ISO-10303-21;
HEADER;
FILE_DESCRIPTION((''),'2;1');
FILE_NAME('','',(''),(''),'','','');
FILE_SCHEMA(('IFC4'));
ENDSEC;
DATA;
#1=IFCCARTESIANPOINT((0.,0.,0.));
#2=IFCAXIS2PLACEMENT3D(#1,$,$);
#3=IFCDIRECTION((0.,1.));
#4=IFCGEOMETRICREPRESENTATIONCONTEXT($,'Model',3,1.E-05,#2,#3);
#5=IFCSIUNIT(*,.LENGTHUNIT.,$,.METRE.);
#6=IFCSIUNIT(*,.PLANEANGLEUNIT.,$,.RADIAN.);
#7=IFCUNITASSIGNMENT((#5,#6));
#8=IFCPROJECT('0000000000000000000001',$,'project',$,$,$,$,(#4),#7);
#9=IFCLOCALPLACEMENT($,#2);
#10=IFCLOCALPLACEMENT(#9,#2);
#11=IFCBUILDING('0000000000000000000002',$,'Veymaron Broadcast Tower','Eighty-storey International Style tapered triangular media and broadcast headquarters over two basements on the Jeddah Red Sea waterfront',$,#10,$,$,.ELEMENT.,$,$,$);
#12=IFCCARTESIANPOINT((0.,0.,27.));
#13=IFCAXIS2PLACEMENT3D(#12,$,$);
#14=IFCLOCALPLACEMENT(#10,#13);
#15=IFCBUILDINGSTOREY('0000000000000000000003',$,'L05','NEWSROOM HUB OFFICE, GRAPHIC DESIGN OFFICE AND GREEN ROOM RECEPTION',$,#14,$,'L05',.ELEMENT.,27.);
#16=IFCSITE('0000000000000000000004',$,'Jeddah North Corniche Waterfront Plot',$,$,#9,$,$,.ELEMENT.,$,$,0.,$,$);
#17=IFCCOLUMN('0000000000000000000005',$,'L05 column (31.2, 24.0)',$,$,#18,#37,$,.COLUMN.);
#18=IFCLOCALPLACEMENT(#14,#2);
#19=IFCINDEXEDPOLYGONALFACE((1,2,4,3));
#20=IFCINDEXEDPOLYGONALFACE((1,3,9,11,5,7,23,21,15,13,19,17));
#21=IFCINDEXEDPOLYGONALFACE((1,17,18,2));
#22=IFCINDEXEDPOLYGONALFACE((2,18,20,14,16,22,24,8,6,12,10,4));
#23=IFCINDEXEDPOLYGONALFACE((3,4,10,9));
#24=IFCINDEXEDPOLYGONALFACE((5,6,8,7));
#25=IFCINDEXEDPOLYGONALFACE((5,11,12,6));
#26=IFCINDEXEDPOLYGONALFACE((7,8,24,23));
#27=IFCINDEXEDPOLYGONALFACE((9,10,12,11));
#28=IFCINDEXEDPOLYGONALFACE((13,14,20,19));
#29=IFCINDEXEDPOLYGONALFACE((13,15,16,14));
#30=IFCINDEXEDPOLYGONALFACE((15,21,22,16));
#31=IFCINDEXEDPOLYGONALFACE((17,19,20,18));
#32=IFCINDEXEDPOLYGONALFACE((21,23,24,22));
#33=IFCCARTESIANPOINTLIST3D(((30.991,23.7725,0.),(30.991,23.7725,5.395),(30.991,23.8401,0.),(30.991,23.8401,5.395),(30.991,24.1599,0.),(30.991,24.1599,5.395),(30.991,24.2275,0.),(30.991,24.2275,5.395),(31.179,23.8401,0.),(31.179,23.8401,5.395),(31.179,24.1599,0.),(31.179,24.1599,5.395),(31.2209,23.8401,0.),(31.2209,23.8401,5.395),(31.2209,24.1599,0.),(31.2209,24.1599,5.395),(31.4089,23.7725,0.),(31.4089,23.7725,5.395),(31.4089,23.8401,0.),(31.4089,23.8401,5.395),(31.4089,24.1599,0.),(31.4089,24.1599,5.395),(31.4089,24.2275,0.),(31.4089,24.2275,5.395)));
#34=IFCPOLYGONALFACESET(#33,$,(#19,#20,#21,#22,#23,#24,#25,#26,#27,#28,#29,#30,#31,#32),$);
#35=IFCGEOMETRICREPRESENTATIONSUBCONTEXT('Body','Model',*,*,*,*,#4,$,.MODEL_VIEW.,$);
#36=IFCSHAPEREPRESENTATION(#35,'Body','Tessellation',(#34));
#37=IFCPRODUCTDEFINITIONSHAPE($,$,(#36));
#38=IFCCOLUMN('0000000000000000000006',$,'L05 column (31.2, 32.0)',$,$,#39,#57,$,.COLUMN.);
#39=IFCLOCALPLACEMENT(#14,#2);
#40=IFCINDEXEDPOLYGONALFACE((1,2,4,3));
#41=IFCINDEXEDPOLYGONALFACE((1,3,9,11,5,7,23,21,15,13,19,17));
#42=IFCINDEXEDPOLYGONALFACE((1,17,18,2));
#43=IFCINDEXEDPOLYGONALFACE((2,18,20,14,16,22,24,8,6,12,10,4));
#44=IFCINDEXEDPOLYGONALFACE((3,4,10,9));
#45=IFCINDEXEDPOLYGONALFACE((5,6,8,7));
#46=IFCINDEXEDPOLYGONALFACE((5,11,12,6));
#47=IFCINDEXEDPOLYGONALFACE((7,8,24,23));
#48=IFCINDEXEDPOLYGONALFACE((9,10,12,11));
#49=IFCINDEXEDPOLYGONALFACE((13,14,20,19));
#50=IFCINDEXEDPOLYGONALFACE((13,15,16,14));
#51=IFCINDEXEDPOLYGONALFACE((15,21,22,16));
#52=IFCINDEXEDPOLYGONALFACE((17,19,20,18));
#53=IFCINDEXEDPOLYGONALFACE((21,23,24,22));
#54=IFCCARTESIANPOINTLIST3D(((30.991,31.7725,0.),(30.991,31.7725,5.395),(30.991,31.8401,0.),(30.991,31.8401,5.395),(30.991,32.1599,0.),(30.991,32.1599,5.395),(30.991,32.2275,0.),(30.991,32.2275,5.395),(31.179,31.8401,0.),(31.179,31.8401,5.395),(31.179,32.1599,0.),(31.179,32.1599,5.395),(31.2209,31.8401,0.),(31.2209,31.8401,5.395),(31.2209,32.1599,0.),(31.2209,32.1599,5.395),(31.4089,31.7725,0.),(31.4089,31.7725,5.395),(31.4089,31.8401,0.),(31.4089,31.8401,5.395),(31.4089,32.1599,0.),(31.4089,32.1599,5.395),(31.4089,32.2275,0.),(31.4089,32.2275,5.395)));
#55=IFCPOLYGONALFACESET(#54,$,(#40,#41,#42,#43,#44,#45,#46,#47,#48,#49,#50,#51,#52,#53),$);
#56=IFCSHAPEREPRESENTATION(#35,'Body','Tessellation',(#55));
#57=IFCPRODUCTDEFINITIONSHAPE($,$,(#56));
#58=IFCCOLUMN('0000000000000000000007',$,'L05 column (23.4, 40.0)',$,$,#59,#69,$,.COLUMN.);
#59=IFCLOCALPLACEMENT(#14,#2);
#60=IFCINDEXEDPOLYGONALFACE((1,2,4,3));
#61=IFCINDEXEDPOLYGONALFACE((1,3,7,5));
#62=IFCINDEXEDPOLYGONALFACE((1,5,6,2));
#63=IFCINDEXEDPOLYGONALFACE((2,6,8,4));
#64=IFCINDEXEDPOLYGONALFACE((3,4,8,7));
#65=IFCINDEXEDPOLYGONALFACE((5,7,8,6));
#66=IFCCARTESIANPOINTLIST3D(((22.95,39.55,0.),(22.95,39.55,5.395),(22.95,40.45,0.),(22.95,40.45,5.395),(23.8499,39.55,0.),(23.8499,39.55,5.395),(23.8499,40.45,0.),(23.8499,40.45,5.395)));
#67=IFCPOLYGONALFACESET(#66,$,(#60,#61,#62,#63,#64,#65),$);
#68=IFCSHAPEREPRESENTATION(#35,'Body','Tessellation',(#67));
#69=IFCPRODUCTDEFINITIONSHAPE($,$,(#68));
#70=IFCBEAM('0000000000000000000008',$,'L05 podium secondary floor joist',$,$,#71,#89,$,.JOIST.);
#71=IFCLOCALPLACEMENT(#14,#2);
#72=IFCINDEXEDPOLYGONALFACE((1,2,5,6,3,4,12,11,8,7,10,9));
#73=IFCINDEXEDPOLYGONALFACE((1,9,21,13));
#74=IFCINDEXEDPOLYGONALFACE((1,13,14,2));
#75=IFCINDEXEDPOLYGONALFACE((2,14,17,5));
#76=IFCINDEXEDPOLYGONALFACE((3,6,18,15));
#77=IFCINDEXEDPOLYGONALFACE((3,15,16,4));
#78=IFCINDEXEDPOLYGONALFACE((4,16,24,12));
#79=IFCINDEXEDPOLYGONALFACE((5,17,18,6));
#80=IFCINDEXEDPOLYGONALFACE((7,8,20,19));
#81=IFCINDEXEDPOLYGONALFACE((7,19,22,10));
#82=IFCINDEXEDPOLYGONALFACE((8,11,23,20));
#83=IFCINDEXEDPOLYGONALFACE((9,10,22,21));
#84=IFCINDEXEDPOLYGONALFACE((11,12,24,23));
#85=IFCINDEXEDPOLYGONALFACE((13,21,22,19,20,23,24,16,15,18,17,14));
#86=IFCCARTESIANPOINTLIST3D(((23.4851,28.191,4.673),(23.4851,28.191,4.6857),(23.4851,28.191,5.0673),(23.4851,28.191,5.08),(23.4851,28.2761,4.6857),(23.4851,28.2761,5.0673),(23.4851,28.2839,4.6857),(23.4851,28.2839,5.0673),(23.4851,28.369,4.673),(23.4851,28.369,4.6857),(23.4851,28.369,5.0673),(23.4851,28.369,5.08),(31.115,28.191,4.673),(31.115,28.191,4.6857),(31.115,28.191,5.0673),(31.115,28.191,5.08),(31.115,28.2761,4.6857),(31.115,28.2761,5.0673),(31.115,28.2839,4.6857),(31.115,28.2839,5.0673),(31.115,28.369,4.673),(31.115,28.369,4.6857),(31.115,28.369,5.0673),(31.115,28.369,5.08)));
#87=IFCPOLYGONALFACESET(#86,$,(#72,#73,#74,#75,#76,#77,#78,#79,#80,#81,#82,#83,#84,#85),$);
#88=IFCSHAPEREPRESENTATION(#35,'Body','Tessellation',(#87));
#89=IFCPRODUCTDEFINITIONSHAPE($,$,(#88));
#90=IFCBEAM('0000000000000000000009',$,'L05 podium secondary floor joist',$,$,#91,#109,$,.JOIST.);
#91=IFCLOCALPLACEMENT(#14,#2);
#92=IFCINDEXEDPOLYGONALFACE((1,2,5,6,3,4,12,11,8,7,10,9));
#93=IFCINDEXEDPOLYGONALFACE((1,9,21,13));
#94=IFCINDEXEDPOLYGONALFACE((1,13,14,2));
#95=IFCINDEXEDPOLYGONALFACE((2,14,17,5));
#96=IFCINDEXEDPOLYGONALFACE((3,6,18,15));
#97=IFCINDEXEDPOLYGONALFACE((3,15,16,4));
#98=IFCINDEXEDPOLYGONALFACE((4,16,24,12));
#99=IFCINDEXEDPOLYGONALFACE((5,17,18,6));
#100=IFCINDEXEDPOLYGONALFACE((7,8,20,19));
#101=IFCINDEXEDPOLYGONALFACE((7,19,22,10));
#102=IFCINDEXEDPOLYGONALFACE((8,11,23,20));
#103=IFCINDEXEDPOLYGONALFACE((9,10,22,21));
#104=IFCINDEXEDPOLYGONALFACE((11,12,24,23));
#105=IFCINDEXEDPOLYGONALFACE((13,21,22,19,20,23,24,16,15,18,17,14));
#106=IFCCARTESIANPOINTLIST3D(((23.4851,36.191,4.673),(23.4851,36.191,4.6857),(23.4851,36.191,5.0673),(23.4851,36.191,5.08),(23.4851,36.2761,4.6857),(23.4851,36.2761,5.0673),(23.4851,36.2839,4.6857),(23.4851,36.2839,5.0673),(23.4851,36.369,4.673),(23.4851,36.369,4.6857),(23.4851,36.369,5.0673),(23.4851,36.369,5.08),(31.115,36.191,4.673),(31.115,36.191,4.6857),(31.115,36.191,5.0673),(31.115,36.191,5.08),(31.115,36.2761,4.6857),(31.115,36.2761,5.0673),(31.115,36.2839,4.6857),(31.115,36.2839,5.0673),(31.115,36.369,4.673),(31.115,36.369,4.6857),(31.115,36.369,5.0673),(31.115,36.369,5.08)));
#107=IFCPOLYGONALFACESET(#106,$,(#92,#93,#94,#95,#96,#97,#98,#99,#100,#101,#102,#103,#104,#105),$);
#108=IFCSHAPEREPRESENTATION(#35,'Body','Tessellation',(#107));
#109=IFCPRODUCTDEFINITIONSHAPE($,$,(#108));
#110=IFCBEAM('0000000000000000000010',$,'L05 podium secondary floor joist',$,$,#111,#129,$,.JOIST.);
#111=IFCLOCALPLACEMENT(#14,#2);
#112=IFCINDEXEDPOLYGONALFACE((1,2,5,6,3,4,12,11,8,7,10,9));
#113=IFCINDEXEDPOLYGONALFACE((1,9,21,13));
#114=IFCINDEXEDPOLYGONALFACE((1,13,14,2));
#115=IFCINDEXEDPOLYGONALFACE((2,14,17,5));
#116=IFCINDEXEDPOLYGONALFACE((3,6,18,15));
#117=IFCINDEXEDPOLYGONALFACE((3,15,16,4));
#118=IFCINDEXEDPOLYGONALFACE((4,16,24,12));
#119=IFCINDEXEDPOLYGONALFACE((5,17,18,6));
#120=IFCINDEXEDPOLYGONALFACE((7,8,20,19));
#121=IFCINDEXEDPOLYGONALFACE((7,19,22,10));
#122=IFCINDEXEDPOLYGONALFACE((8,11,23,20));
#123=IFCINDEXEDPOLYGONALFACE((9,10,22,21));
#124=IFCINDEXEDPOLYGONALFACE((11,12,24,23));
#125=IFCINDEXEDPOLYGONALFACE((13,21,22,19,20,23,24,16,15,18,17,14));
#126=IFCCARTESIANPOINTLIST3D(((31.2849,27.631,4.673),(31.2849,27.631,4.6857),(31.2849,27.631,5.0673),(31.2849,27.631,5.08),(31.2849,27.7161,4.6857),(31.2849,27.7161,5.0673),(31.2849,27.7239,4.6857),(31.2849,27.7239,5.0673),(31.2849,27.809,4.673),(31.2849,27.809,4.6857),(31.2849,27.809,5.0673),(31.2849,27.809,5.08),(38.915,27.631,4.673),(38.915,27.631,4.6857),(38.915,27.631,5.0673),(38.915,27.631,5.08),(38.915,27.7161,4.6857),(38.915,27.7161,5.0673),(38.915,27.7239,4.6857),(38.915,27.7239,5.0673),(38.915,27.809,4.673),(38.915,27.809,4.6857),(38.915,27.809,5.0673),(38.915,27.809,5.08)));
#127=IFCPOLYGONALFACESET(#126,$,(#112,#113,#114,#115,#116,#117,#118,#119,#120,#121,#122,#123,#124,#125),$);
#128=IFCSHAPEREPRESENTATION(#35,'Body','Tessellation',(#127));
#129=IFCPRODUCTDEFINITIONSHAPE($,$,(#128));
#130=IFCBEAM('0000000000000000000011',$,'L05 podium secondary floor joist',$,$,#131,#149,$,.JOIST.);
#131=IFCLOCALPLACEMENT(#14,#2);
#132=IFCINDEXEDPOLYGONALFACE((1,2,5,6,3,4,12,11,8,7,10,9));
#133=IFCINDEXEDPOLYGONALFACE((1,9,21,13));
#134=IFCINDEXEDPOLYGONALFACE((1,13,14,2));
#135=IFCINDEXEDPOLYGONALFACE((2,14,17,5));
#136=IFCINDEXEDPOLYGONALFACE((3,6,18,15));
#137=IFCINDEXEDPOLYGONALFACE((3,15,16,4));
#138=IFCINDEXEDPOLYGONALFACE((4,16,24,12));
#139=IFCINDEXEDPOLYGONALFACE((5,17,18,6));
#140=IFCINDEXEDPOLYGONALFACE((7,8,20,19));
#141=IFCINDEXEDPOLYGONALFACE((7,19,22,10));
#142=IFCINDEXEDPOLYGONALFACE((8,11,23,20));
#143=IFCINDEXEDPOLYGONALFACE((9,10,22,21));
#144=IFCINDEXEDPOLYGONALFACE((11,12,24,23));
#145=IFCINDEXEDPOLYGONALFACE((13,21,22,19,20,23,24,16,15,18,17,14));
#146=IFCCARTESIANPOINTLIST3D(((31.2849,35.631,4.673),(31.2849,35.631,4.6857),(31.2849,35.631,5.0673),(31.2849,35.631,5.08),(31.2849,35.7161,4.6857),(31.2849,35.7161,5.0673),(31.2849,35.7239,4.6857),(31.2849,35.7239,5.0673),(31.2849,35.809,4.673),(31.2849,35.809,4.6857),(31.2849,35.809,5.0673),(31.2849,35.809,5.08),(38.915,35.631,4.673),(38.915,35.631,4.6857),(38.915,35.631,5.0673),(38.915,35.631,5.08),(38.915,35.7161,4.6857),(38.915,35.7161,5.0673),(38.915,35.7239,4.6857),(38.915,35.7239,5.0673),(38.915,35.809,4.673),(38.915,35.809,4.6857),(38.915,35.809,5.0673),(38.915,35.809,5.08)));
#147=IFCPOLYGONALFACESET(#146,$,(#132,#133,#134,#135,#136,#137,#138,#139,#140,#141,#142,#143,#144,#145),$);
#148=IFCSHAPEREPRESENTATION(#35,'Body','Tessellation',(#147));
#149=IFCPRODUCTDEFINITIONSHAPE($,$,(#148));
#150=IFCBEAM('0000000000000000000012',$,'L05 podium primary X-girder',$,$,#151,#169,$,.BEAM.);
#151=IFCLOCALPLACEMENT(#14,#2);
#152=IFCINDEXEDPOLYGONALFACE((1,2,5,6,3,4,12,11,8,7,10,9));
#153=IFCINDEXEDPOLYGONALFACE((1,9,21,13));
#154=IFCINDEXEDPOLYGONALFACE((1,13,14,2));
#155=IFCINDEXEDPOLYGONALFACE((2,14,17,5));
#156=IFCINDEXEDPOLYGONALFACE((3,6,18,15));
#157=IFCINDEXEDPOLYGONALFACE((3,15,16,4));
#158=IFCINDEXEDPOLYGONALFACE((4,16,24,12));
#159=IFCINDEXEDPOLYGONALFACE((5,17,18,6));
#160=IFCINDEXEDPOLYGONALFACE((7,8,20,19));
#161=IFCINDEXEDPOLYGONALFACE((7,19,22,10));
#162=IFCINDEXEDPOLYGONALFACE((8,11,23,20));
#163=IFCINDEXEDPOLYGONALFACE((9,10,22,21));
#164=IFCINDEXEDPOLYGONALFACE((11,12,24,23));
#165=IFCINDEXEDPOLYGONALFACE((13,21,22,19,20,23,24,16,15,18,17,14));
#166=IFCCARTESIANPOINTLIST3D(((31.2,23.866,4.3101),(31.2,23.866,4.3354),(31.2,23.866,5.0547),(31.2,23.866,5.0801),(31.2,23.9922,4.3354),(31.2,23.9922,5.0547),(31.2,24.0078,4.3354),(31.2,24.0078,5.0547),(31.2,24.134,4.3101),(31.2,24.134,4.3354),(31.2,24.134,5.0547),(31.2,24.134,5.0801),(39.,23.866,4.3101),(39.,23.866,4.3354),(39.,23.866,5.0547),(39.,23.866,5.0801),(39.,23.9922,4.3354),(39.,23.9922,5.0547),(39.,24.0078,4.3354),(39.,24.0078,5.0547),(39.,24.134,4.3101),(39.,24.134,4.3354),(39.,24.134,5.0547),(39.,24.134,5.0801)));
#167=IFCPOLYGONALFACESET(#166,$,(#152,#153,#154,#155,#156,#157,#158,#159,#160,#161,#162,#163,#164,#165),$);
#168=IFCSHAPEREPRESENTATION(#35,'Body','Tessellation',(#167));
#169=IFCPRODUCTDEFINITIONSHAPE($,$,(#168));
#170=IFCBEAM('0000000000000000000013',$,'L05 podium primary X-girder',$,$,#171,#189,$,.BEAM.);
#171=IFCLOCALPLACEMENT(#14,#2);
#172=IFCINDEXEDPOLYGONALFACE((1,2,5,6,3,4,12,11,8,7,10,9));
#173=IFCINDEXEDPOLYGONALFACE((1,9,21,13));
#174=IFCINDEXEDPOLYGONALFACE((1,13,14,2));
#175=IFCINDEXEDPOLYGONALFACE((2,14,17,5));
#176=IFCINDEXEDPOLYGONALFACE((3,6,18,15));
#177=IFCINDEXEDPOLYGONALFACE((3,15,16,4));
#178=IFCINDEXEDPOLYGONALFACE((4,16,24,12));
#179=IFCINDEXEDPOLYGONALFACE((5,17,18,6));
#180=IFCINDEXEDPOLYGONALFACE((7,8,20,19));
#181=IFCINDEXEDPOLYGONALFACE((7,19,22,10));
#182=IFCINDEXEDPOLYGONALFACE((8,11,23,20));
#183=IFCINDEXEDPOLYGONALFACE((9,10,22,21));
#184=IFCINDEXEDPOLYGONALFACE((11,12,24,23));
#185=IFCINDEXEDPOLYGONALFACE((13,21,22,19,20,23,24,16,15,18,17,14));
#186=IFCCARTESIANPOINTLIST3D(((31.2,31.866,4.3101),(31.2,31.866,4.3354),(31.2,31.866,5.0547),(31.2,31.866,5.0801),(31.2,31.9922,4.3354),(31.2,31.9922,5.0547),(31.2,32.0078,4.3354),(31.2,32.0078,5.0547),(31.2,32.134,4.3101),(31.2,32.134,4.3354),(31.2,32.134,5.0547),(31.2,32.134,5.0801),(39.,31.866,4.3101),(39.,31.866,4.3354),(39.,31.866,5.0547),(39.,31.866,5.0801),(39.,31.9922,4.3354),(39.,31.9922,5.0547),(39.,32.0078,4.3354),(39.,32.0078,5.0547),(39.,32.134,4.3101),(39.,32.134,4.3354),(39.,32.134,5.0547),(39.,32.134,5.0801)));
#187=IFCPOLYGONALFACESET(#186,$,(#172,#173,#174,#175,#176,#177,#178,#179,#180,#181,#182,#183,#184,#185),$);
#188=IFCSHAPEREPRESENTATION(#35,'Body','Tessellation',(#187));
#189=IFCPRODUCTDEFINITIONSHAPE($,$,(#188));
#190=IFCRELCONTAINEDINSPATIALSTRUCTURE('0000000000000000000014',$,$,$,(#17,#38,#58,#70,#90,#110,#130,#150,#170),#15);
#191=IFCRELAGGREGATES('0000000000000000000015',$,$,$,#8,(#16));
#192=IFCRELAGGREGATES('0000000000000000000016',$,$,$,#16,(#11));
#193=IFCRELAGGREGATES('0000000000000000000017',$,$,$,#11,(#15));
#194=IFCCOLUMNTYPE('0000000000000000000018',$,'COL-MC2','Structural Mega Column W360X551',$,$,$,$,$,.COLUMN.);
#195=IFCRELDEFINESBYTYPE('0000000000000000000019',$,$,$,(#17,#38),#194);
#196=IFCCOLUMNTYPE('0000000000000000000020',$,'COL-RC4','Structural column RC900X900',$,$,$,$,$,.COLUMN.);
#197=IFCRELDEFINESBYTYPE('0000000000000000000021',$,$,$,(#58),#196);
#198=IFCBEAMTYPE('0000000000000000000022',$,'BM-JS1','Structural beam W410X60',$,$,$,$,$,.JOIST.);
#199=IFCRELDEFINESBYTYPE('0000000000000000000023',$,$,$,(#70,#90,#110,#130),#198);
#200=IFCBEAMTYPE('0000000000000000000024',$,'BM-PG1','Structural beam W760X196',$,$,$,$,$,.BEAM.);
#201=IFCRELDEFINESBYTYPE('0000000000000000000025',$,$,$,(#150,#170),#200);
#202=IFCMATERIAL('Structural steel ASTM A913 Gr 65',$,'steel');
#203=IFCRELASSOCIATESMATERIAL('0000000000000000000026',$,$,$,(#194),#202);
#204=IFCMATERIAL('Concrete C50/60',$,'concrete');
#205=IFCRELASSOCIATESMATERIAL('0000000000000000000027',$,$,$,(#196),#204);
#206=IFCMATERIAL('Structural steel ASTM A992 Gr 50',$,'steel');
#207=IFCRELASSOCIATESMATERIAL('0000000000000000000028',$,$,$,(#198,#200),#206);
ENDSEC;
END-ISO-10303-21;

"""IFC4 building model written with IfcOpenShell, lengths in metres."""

from ifc_helpers import new_model, si_unit, direction, frame, origin, origin_2d, place, context, subcontext, project, spatial, rectangle, i_section, extrude, material, material_profile, profile_set, type_object, element, save


model = new_model("IFC4")

# Units and contexts
model_context = context("Model", 3, precision=1e-05, world=origin(), true_north=direction((0.0, 1.0)))
body_context = subcontext(model_context, "Body", "Model", "MODEL_VIEW")
ifc_project = project(units=[si_unit("LENGTHUNIT", "METRE"), si_unit("PLANEANGLEUNIT", "RADIAN")], contexts=[model_context])

# Site, building, storey
site_placement = place(None, origin())
site = spatial("IfcSite", under=ifc_project, at=site_placement, Name="Jeddah North Corniche Waterfront Plot", CompositionType="ELEMENT", RefElevation=0.0)
building_placement = place(site_placement, origin())
building = spatial("IfcBuilding", under=site, at=building_placement, Name="Veymaron Broadcast Tower", Description="Eighty-storey International Style tapered triangular media and broadcast headquarters over two basements on the Jeddah Red Sea waterfront", CompositionType="ELEMENT")
storey_placement = place(building_placement, frame((0.0, 0.0, 27.0)))
storey = spatial("IfcBuildingStorey", under=building, at=storey_placement, Name="L05", Description="NEWSROOM HUB OFFICE, GRAPHIC DESIGN OFFICE AND GREEN ROOM RECEPTION", LongName="L05", CompositionType="ELEMENT", Elevation=27.0)

# Columns
ifc_material_1 = material(Name="Structural steel ASTM A913 Gr 65", Category="steel")
ifc_material_profile_1 = material_profile(ifc_material_1, i_section(OverallWidth=0.418, OverallDepth=0.4551, WebThickness=0.042, FlangeThickness=0.0676, at=origin_2d()), Name="W360X551")
ifc_profile_set_1 = profile_set([ifc_material_profile_1], Name="Structural steel ASTM A913 Gr 65")
column_type_1 = type_object("IfcColumnType", Name="COL-MC2", Description="Structural Mega Column W360X551", PredefinedType="COLUMN", material=ifc_profile_set_1)
for number, where, z_axis, x_axis, name in (
    (1, (31.2, 24.0, 0.0), (0.0, 0.0, 1.0), (1.0, 0.0, 0.0), "L05 column (31.2, 24.0)"),
    (2, (31.2, 32.0, 0.0), (0.0, 0.0, 1.0), (1.0, 0.0, 0.0), "L05 column (31.2, 32.0)"),
):
    element("IfcColumn", number, at=place(storey_placement, frame(where, z_axis=z_axis, x_axis=x_axis)), inside=storey, type_object=column_type_1, Name=name, PredefinedType="COLUMN", context=body_context, shape_type="SweptSolid", body=[
        extrude(i_section(OverallWidth=0.418, OverallDepth=0.4551, WebThickness=0.042, FlangeThickness=0.0676, at=origin_2d()), origin(), (0.0, 0.0, 1.0), 5.395),
    ])
ifc_material_2 = material(Name="Concrete C50/60", Category="concrete")
ifc_material_profile_2 = material_profile(ifc_material_2, rectangle(XDim=0.8999, YDim=0.8999, at=origin_2d()), Name="RC900X900")
ifc_profile_set_2 = profile_set([ifc_material_profile_2], Name="Concrete C50/60")
column_type_2 = type_object("IfcColumnType", Name="COL-RC4", Description="Structural column RC900X900", PredefinedType="COLUMN", material=ifc_profile_set_2)
column_placement = place(storey_placement, frame((23.3999, 40.0, 0.0), z_axis=(0.0, 0.0, 1.0), x_axis=(1.0, 0.0, 0.0)))
element("IfcColumn", 3, at=column_placement, inside=storey, type_object=column_type_2, Name="L05 column (23.4, 40.0)", PredefinedType="COLUMN", context=body_context, shape_type="SweptSolid", body=[
    extrude(rectangle(XDim=0.8999, YDim=0.8999, at=origin_2d()), origin(), (0.0, 0.0, 1.0), 5.395),
])

# Beams
ifc_material_3 = material(Name="Structural steel ASTM A992 Gr 50", Category="steel")
ifc_material_profile_3 = material_profile(ifc_material_3, i_section(OverallWidth=0.178, OverallDepth=0.407, WebThickness=0.0078, FlangeThickness=0.0127, at=origin_2d()), Name="W410X60")
ifc_profile_set_3 = profile_set([ifc_material_profile_3], Name="Structural steel ASTM A992 Gr 50")
beam_type_1 = type_object("IfcBeamType", Name="BM-JS1", Description="Structural beam W410X60", PredefinedType="JOIST", material=ifc_profile_set_3)
for number, where, z_axis, x_axis, name in (
    (4, (23.4851, 28.28, 4.8765), (1.0, 0.0, 0.0), (0.0, 1.0, 0.0), "L05 podium secondary floor joist"),
    (5, (23.4851, 36.28, 4.8765), (1.0, 0.0, 0.0), (0.0, 1.0, 0.0), "L05 podium secondary floor joist"),
):
    element("IfcBeam", number, at=place(storey_placement, frame(where, z_axis=z_axis, x_axis=x_axis)), inside=storey, type_object=beam_type_1, Name=name, PredefinedType="JOIST", context=body_context, shape_type="SweptSolid", body=[
        extrude(i_section(OverallWidth=0.178, OverallDepth=0.407, WebThickness=0.0078, FlangeThickness=0.0127, at=origin_2d()), origin(), (0.0, 0.0, 1.0), 7.6299),
    ])
for number, where, z_axis, x_axis, name in (
    (6, (31.2849, 27.72, 4.8765), (1.0, 0.0, 0.0), (0.0, 1.0, 0.0), "L05 podium secondary floor joist"),
    (7, (31.2849, 35.72, 4.8765), (1.0, 0.0, 0.0), (0.0, 1.0, 0.0), "L05 podium secondary floor joist"),
):
    element("IfcBeam", number, at=place(storey_placement, frame(where, z_axis=z_axis, x_axis=x_axis)), inside=storey, type_object=beam_type_1, Name=name, PredefinedType="JOIST", context=body_context, shape_type="SweptSolid", body=[
        extrude(i_section(OverallWidth=0.178, OverallDepth=0.407, WebThickness=0.0078, FlangeThickness=0.0127, at=origin_2d()), origin(), (0.0, 0.0, 1.0), 7.6301),
    ])
ifc_material_profile_4 = material_profile(ifc_material_3, i_section(OverallWidth=0.2681, OverallDepth=0.77, WebThickness=0.0156, FlangeThickness=0.0254, at=origin_2d()), Name="W760X196")
ifc_profile_set_4 = profile_set([ifc_material_profile_4], Name="Structural steel ASTM A992 Gr 50")
beam_type_2 = type_object("IfcBeamType", Name="BM-PG1", Description="Structural beam W760X196", PredefinedType="BEAM", material=ifc_profile_set_4)
for number, where, z_axis, x_axis, name in (
    (8, (31.2, 24.0, 4.6951), (1.0, 0.0, 0.0), (0.0, 1.0, 0.0), "L05 podium primary X-girder"),
    (9, (31.2, 32.0, 4.6951), (1.0, 0.0, 0.0), (0.0, 1.0, 0.0), "L05 podium primary X-girder"),
):
    element("IfcBeam", number, at=place(storey_placement, frame(where, z_axis=z_axis, x_axis=x_axis)), inside=storey, type_object=beam_type_2, Name=name, PredefinedType="BEAM", context=body_context, shape_type="SweptSolid", body=[
        extrude(i_section(OverallWidth=0.2681, OverallDepth=0.77, WebThickness=0.0156, FlangeThickness=0.0254, at=origin_2d()), origin(), (0.0, 0.0, 1.0), 7.8),
    ])

save(model, "model.ifc")
